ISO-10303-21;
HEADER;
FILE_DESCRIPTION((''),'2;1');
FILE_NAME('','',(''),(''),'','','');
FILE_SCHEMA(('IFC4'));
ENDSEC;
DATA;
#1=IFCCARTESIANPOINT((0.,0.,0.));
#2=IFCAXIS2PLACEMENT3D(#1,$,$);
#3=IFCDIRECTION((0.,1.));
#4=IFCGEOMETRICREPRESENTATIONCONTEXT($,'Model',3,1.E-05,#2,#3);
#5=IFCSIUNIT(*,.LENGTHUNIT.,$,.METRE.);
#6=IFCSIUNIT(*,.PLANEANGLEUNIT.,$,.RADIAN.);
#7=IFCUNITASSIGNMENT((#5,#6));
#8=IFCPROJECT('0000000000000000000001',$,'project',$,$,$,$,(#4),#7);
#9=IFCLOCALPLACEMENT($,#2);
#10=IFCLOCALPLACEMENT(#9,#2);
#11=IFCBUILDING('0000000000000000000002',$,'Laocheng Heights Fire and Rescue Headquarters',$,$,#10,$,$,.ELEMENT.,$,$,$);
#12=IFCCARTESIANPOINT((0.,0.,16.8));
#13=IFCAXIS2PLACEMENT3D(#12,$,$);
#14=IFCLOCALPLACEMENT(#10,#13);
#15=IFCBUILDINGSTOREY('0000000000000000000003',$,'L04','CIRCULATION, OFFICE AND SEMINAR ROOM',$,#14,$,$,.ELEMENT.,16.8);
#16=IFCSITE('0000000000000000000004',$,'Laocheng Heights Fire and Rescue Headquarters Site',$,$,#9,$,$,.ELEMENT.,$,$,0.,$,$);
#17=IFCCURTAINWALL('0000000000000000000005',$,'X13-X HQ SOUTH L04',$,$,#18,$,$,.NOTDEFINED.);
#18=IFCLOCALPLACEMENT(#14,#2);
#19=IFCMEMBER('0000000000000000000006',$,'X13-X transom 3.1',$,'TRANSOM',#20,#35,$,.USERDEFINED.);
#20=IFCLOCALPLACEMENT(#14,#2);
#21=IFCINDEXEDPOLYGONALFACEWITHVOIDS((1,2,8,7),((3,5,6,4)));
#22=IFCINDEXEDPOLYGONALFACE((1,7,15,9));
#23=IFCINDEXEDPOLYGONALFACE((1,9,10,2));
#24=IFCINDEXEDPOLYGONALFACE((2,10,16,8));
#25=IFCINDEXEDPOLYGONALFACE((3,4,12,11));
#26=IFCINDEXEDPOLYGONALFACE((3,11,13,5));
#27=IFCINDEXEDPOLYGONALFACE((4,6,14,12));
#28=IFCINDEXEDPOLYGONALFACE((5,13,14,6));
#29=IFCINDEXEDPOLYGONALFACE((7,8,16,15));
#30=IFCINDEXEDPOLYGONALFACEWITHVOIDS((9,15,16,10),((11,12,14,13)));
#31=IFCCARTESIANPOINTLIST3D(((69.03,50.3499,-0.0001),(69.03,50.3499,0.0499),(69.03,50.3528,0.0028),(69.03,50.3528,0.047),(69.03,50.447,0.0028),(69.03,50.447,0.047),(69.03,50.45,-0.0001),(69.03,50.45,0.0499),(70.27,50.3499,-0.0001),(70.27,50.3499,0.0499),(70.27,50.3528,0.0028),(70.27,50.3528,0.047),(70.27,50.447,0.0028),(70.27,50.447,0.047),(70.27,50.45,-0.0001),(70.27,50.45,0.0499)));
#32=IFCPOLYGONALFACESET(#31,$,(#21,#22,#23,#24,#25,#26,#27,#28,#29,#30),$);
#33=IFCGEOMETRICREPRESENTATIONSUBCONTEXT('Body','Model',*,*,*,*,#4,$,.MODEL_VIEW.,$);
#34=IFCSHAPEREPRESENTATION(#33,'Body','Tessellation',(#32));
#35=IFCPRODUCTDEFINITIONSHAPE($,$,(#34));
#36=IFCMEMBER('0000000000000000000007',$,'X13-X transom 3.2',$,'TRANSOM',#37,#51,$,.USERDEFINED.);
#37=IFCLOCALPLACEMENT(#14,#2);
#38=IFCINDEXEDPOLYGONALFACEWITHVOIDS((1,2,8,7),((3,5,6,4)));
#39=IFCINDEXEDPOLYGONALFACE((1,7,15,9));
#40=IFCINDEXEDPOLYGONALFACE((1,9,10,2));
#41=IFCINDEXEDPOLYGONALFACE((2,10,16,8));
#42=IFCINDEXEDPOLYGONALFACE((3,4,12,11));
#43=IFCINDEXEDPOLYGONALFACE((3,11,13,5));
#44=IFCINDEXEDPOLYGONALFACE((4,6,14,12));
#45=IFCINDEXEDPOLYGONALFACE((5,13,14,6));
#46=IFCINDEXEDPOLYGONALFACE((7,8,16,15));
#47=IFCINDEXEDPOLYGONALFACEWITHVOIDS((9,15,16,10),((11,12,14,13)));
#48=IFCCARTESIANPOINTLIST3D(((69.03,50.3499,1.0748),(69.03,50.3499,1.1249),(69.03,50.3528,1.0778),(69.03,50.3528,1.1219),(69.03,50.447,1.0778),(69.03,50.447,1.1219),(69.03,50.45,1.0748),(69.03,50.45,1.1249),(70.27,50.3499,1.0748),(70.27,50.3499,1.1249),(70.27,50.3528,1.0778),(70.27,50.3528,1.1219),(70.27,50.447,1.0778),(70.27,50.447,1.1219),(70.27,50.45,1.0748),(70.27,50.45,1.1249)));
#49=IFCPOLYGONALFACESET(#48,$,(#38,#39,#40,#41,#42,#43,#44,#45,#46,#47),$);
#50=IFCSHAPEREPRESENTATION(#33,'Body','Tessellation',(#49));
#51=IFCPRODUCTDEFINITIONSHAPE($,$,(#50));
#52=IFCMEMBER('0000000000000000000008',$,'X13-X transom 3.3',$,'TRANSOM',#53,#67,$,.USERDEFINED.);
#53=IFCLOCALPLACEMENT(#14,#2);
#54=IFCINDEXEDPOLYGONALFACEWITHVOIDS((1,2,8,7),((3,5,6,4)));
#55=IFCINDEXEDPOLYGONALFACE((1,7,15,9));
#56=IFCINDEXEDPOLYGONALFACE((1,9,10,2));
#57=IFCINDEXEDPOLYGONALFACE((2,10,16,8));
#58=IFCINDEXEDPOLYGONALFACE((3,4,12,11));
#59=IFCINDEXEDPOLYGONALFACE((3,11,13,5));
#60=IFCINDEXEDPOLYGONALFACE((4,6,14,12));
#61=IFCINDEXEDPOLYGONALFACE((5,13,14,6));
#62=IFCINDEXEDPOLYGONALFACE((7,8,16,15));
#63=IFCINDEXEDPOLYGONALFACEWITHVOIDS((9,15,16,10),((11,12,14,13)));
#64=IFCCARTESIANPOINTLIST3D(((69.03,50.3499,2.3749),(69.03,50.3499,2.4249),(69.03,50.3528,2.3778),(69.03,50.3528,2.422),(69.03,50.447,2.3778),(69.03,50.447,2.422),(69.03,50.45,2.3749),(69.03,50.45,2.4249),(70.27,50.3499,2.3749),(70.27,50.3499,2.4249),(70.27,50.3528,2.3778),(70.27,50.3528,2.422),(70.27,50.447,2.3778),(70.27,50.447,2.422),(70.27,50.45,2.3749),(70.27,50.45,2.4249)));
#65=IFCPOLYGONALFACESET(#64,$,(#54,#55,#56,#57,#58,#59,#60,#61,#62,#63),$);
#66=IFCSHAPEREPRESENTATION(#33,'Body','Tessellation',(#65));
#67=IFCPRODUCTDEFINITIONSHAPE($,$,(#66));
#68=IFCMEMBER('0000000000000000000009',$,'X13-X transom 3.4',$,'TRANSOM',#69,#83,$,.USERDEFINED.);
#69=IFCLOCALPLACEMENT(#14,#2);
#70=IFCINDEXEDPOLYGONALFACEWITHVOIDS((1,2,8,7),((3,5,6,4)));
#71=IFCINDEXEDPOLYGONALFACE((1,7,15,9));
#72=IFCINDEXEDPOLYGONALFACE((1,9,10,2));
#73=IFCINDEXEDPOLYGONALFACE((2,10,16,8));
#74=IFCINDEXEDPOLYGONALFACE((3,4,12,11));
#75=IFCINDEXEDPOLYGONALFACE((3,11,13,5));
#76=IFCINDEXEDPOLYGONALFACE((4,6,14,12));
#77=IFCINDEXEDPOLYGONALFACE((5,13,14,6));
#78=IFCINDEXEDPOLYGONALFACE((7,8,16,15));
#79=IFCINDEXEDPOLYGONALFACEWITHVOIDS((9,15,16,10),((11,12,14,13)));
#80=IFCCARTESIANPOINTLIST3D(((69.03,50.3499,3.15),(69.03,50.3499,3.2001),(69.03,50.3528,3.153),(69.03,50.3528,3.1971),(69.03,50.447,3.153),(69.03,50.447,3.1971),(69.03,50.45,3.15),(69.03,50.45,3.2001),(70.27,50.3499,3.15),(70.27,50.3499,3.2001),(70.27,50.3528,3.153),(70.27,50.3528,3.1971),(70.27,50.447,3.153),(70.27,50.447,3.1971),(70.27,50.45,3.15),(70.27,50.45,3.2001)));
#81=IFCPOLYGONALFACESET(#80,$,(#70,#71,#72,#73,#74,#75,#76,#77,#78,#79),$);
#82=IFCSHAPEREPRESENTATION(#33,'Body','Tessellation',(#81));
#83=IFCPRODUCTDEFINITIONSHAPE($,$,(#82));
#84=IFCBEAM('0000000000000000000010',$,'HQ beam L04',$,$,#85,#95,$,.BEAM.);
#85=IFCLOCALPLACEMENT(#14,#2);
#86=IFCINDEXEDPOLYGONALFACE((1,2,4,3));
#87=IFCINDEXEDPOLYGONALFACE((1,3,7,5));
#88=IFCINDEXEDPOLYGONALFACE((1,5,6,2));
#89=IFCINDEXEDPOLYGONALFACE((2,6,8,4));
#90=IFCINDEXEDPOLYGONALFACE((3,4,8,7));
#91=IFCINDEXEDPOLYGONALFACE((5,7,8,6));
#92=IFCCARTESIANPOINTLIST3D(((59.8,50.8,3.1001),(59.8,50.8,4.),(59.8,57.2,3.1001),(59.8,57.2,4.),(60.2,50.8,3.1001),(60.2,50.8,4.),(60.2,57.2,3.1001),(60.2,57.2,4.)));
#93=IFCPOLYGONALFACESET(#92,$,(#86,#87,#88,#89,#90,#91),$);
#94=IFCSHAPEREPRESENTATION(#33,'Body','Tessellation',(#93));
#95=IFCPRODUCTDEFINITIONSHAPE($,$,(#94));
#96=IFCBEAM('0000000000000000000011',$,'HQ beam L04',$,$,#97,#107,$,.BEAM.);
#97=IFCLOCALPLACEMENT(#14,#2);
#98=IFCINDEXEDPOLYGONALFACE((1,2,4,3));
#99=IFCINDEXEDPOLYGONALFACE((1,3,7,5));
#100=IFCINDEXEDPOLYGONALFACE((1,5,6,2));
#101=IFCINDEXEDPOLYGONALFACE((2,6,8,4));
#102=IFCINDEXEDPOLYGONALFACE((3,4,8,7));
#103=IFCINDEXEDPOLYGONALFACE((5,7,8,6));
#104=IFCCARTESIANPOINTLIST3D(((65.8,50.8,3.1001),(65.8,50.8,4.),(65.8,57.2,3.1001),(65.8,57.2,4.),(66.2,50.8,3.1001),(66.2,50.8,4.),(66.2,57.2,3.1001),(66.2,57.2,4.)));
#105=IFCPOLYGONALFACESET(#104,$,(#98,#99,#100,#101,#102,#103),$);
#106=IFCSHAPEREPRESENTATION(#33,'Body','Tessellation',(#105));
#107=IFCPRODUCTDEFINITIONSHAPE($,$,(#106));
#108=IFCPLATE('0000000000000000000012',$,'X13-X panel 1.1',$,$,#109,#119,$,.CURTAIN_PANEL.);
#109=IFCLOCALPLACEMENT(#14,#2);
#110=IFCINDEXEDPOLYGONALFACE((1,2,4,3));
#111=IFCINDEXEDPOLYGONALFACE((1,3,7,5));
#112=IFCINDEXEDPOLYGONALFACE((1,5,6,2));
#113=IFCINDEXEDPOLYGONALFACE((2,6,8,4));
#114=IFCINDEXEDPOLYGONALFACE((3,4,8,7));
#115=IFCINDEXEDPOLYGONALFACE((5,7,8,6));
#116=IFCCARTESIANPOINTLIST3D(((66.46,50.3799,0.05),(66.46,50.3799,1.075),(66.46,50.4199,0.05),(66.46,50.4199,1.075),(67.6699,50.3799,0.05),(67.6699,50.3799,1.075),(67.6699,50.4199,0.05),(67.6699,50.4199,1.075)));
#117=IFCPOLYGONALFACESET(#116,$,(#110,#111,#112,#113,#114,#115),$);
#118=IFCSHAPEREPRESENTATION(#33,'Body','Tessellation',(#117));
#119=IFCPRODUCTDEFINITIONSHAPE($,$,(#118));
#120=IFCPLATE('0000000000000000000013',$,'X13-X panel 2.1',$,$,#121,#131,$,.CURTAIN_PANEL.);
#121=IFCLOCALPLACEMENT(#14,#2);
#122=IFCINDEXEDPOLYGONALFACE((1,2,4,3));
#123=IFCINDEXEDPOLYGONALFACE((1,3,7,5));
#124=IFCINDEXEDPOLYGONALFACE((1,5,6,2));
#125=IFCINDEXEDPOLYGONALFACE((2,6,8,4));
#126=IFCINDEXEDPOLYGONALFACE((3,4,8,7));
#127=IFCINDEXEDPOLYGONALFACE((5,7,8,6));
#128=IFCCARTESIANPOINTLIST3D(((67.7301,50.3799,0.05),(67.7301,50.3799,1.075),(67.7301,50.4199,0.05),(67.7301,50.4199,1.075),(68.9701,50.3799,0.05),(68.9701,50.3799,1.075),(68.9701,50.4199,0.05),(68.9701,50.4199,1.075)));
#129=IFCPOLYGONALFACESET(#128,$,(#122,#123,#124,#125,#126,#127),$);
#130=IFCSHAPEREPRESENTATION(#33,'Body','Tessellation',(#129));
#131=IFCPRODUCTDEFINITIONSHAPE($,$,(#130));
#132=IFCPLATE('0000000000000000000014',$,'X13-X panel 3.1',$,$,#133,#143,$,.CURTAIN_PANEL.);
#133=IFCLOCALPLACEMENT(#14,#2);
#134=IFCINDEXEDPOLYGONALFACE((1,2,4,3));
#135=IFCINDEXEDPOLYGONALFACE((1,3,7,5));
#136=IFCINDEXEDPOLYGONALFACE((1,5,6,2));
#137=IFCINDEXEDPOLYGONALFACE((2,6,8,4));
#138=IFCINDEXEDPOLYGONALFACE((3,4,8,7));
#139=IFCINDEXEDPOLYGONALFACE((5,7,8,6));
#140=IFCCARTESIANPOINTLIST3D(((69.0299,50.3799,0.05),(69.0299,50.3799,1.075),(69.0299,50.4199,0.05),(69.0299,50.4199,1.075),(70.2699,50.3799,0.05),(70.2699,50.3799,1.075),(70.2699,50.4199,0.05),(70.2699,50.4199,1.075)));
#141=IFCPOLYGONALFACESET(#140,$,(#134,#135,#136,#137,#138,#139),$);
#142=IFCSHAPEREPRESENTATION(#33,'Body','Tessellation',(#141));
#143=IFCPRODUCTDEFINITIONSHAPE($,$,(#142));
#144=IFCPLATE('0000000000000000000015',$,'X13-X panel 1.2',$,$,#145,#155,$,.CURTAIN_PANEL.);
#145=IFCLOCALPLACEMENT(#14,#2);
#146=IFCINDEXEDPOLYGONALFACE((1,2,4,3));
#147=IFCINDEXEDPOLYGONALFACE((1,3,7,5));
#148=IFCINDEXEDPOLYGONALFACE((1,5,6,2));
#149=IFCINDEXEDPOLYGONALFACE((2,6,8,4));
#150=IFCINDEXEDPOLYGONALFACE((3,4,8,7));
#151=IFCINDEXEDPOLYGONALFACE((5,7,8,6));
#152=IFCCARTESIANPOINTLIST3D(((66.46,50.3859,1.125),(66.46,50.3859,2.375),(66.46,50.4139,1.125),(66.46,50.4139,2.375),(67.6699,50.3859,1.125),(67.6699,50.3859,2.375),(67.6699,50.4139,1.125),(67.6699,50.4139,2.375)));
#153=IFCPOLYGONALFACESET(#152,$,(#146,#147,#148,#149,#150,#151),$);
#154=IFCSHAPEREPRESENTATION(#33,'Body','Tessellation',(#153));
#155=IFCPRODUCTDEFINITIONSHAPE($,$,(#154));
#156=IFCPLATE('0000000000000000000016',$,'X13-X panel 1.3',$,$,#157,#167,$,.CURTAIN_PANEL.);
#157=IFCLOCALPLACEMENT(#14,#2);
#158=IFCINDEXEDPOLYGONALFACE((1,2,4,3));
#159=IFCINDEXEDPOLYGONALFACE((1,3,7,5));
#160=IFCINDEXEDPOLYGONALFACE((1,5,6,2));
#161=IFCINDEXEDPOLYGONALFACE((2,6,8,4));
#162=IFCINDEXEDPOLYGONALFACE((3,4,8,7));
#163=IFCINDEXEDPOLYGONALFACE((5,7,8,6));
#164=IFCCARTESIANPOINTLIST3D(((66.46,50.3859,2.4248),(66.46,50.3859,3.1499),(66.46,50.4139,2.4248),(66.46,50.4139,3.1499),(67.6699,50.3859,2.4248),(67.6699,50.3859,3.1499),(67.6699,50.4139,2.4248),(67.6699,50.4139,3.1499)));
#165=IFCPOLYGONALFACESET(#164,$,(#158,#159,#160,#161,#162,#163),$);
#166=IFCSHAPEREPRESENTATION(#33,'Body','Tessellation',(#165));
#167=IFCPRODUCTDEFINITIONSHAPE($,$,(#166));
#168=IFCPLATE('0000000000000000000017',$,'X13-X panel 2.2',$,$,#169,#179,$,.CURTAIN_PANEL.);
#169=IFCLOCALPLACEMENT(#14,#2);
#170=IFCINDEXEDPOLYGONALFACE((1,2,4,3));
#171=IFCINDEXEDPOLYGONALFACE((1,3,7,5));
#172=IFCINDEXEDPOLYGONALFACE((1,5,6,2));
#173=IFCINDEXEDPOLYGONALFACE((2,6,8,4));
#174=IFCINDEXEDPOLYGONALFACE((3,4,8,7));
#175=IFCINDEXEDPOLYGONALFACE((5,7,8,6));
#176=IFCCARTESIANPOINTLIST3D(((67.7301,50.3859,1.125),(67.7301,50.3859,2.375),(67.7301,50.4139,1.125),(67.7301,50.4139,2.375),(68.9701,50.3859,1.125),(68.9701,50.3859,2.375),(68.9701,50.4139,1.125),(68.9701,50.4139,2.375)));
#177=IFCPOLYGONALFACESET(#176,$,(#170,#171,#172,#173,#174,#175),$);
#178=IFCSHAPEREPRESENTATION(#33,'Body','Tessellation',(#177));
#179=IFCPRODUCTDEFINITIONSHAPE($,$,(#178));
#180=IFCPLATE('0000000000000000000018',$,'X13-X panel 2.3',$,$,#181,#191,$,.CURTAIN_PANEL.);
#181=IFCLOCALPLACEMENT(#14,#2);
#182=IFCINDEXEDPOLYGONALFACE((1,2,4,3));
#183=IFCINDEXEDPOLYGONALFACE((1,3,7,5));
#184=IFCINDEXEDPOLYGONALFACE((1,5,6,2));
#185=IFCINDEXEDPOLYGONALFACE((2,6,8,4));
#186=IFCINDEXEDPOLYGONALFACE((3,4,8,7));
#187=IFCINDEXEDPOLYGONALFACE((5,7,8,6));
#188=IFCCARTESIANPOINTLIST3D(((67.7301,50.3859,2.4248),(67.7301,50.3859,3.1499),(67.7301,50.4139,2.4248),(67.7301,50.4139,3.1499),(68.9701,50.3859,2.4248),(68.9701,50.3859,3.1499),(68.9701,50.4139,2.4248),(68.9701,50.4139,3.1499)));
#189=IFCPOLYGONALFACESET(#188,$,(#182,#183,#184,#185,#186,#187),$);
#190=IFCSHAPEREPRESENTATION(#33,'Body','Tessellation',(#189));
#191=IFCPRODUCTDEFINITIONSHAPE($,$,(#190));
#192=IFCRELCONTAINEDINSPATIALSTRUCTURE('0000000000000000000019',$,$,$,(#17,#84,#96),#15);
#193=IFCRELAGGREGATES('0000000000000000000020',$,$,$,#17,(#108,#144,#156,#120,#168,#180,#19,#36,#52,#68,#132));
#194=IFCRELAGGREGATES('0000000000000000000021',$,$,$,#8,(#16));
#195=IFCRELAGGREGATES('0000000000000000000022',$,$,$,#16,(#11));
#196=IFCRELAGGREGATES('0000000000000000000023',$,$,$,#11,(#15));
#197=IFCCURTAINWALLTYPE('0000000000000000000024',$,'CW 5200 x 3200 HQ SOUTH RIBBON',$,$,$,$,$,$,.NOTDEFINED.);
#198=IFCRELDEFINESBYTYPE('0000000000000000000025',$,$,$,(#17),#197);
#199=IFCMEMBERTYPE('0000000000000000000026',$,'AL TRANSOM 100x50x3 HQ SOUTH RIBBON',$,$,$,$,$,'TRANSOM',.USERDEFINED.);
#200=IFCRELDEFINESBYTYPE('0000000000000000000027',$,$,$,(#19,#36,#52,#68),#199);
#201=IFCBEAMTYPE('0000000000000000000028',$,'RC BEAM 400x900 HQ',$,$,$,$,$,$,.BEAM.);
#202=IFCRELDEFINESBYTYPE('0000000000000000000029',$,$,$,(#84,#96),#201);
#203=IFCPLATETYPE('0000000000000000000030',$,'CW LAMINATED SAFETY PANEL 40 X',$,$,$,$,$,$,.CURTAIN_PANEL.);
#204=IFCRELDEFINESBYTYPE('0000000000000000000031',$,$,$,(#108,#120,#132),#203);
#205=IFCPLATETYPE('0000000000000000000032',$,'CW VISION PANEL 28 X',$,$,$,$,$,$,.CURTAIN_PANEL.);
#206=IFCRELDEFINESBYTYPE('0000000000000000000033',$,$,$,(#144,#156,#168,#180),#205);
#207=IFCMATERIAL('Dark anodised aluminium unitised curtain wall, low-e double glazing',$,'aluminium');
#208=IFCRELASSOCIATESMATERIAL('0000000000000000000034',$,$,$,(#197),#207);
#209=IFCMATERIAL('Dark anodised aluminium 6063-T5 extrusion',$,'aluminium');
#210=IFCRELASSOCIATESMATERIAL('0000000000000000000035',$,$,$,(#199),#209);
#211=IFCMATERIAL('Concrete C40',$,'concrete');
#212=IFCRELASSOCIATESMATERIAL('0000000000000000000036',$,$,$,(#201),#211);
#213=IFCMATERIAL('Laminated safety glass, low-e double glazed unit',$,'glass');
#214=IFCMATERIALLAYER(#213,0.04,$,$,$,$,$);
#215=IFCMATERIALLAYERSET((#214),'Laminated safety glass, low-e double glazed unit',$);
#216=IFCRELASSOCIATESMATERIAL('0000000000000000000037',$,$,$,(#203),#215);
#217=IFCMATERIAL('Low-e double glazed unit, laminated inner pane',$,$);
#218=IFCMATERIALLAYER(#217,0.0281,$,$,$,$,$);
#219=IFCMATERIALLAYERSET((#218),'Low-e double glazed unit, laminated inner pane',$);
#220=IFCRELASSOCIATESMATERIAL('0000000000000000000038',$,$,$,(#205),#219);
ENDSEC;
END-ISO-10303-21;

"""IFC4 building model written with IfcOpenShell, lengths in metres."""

from ifc_helpers import new_model, si_unit, direction, frame, origin, origin_2d, place, context, subcontext, project, spatial, rectangle, hollow_rectangle, extrude, material, layer, layer_set, material_profile, profile_set, type_object, element, aggregate, save


model = new_model("IFC4")

# Units and contexts
model_context = context("Model", 3, precision=1e-05, world=origin(), true_north=direction((0.0, 1.0)))
body_context = subcontext(model_context, "Body", "Model", "MODEL_VIEW")
ifc_project = project(units=[si_unit("LENGTHUNIT", "METRE"), si_unit("PLANEANGLEUNIT", "RADIAN")], contexts=[model_context])

# Site, building, storey
site_placement = place(None, origin())
site = spatial("IfcSite", under=ifc_project, at=site_placement, Name="Laocheng Heights Fire and Rescue Headquarters Site", CompositionType="ELEMENT", RefElevation=0.0)
building_placement = place(site_placement, origin())
building = spatial("IfcBuilding", under=site, at=building_placement, Name="Laocheng Heights Fire and Rescue Headquarters", CompositionType="ELEMENT")
storey_placement = place(building_placement, frame((0.0, 0.0, 16.8)))
storey = spatial("IfcBuildingStorey", under=building, at=storey_placement, Name="L04", Description="CIRCULATION, OFFICE AND SEMINAR ROOM", CompositionType="ELEMENT", Elevation=16.8)

# Curtain wall, members
ifc_material_1 = material(Name="Dark anodised aluminium unitised curtain wall, low-e double glazing", Category="aluminium")
curtain_wall_type = type_object("IfcCurtainWallType", Name="CW 5200 x 3200 HQ SOUTH RIBBON", PredefinedType="NOTDEFINED", material=ifc_material_1)
curtain_wall_placement = place(storey_placement, origin())
curtain_wall = element("IfcCurtainWall", 1, at=curtain_wall_placement, inside=storey, type_object=curtain_wall_type, Name="X13-X HQ SOUTH L04", PredefinedType="NOTDEFINED")
ifc_material_2 = material(Name="Dark anodised aluminium 6063-T5 extrusion", Category="aluminium")
ifc_material_profile_1 = material_profile(ifc_material_2, hollow_rectangle(XDim=0.1001, YDim=0.05, WallThickness=0.0029, at=origin_2d()), Name="AL TRANSOM 100x50x3 HQ SOUTH RIBBON")
ifc_profile_set_1 = profile_set([ifc_material_profile_1], Name="Dark anodised aluminium 6063-T5 extrusion")
member_type_1 = type_object("IfcMemberType", Name="AL TRANSOM 100x50x3 HQ SOUTH RIBBON", ElementType="TRANSOM", PredefinedType="USERDEFINED", material=ifc_profile_set_1)
member_1_placement = place(storey_placement, frame((69.03, 50.3999, 0.0249), z_axis=(1.0, 0.0, 0.0), x_axis=(0.0, 1.0, 0.0)))
member_1 = element("IfcMember", 2, at=member_1_placement, type_object=member_type_1, Name="X13-X transom 3.1", ObjectType="TRANSOM", PredefinedType="USERDEFINED", context=body_context, shape_type="SweptSolid", body=[
    extrude(hollow_rectangle(XDim=0.1001, YDim=0.05, WallThickness=0.0029, at=origin_2d()), origin(), (0.0, 0.0, 1.0), 1.24),
])
member_2_placement = place(storey_placement, frame((69.03, 50.3999, 1.0999), z_axis=(1.0, 0.0, 0.0), x_axis=(0.0, 1.0, 0.0)))
member_2 = element("IfcMember", 3, at=member_2_placement, type_object=member_type_1, Name="X13-X transom 3.2", ObjectType="TRANSOM", PredefinedType="USERDEFINED", context=body_context, shape_type="SweptSolid", body=[
    extrude(hollow_rectangle(XDim=0.1001, YDim=0.05, WallThickness=0.0029, at=origin_2d()), origin(), (0.0, 0.0, 1.0), 1.24),
])
member_3_placement = place(storey_placement, frame((69.03, 50.3999, 2.3999), z_axis=(1.0, 0.0, 0.0), x_axis=(0.0, 1.0, 0.0)))
member_3 = element("IfcMember", 4, at=member_3_placement, type_object=member_type_1, Name="X13-X transom 3.3", ObjectType="TRANSOM", PredefinedType="USERDEFINED", context=body_context, shape_type="SweptSolid", body=[
    extrude(hollow_rectangle(XDim=0.1001, YDim=0.05, WallThickness=0.0029, at=origin_2d()), origin(), (0.0, 0.0, 1.0), 1.24),
])
member_4_placement = place(storey_placement, frame((69.03, 50.3999, 3.175), z_axis=(1.0, 0.0, 0.0), x_axis=(0.0, 1.0, 0.0)))
member_4 = element("IfcMember", 5, at=member_4_placement, type_object=member_type_1, Name="X13-X transom 3.4", ObjectType="TRANSOM", PredefinedType="USERDEFINED", context=body_context, shape_type="SweptSolid", body=[
    extrude(hollow_rectangle(XDim=0.1001, YDim=0.05, WallThickness=0.0029, at=origin_2d()), origin(), (0.0, 0.0, 1.0), 1.24),
])

# Beams
ifc_material_3 = material(Name="Concrete C40", Category="concrete")
ifc_material_profile_2 = material_profile(ifc_material_3, rectangle(XDim=0.3999, YDim=0.8999, at=origin_2d()), Name="RC BEAM 400x900 HQ")
ifc_profile_set_2 = profile_set([ifc_material_profile_2], Name="Concrete C40")
beam_type = type_object("IfcBeamType", Name="RC BEAM 400x900 HQ", PredefinedType="BEAM", material=ifc_profile_set_2)
for number, where, z_axis, x_axis, name in (
    (6, (60.0, 50.8, 3.55), (0.0, 1.0, 0.0), (-1.0, 0.0, 0.0), "HQ beam L04"),
    (7, (66.0, 50.8, 3.55), (0.0, 1.0, 0.0), (-1.0, 0.0, 0.0), "HQ beam L04"),
):
    element("IfcBeam", number, at=place(storey_placement, frame(where, z_axis=z_axis, x_axis=x_axis)), inside=storey, type_object=beam_type, Name=name, PredefinedType="BEAM", context=body_context, shape_type="SweptSolid", body=[
        extrude(rectangle(XDim=0.3999, YDim=0.8999, at=origin_2d()), origin(), (0.0, 0.0, 1.0), 6.3999),
    ])

# Plates
ifc_material_4 = material(Name="Laminated safety glass, low-e double glazed unit", Category="glass")
ifc_layer_1 = layer(ifc_material_4, 0.04)
ifc_layer_set_1 = layer_set([ifc_layer_1], Name="Laminated safety glass, low-e double glazed unit")
plate_type_1 = type_object("IfcPlateType", Name="CW LAMINATED SAFETY PANEL 40 X", PredefinedType="CURTAIN_PANEL", material=ifc_layer_set_1)
plate_1_placement = place(storey_placement, frame((67.0649, 50.3999, 0.05), z_axis=(0.0, 0.0, 1.0), x_axis=(1.0, 0.0, 0.0)))
plate_1 = element("IfcPlate", 8, at=plate_1_placement, type_object=plate_type_1, Name="X13-X panel 1.1", PredefinedType="CURTAIN_PANEL", context=body_context, shape_type="SweptSolid", body=[
    extrude(rectangle(XDim=1.21, YDim=0.04, at=origin_2d()), origin(), (0.0, 0.0, 1.0), 1.0249),
])
plate_2_placement = place(storey_placement, frame((68.3501, 50.3999, 0.05), z_axis=(0.0, 0.0, 1.0), x_axis=(1.0, 0.0, 0.0)))
plate_2 = element("IfcPlate", 9, at=plate_2_placement, type_object=plate_type_1, Name="X13-X panel 2.1", PredefinedType="CURTAIN_PANEL", context=body_context, shape_type="SweptSolid", body=[
    extrude(rectangle(XDim=1.24, YDim=0.04, at=origin_2d()), origin(), (0.0, 0.0, 1.0), 1.0249),
])
plate_3_placement = place(storey_placement, frame((69.6499, 50.3999, 0.05), z_axis=(0.0, 0.0, 1.0), x_axis=(1.0, 0.0, 0.0)))
plate_3 = element("IfcPlate", 10, at=plate_3_placement, type_object=plate_type_1, Name="X13-X panel 3.1", PredefinedType="CURTAIN_PANEL", context=body_context, shape_type="SweptSolid", body=[
    extrude(rectangle(XDim=1.24, YDim=0.04, at=origin_2d()), origin(), (0.0, 0.0, 1.0), 1.0249),
])
ifc_material_5 = material(Name="Low-e double glazed unit, laminated inner pane")
ifc_layer_2 = layer(ifc_material_5, 0.0281)
ifc_layer_set_2 = layer_set([ifc_layer_2], Name="Low-e double glazed unit, laminated inner pane")
plate_type_2 = type_object("IfcPlateType", Name="CW VISION PANEL 28 X", PredefinedType="CURTAIN_PANEL", material=ifc_layer_set_2)
plate_4_placement = place(storey_placement, frame((67.0649, 50.3999, 1.125), z_axis=(0.0, 0.0, 1.0), x_axis=(1.0, 0.0, 0.0)))
plate_4 = element("IfcPlate", 11, at=plate_4_placement, type_object=plate_type_2, Name="X13-X panel 1.2", PredefinedType="CURTAIN_PANEL", context=body_context, shape_type="SweptSolid", body=[
    extrude(rectangle(XDim=1.21, YDim=0.0281, at=origin_2d()), origin(), (0.0, 0.0, 1.0), 1.25),
])
plate_5_placement = place(storey_placement, frame((67.0649, 50.3999, 2.4248), z_axis=(0.0, 0.0, 1.0), x_axis=(1.0, 0.0, 0.0)))
plate_5 = element("IfcPlate", 12, at=plate_5_placement, type_object=plate_type_2, Name="X13-X panel 1.3", PredefinedType="CURTAIN_PANEL", context=body_context, shape_type="SweptSolid", body=[
    extrude(rectangle(XDim=1.21, YDim=0.0281, at=origin_2d()), origin(), (0.0, 0.0, 1.0), 0.7251),
])
plate_6_placement = place(storey_placement, frame((68.3501, 50.3999, 1.125), z_axis=(0.0, 0.0, 1.0), x_axis=(1.0, 0.0, 0.0)))
plate_6 = element("IfcPlate", 13, at=plate_6_placement, type_object=plate_type_2, Name="X13-X panel 2.2", PredefinedType="CURTAIN_PANEL", context=body_context, shape_type="SweptSolid", body=[
    extrude(rectangle(XDim=1.24, YDim=0.0281, at=origin_2d()), origin(), (0.0, 0.0, 1.0), 1.25),
])
plate_7_placement = place(storey_placement, frame((68.3501, 50.3999, 2.4248), z_axis=(0.0, 0.0, 1.0), x_axis=(1.0, 0.0, 0.0)))
plate_7 = element("IfcPlate", 14, at=plate_7_placement, type_object=plate_type_2, Name="X13-X panel 2.3", PredefinedType="CURTAIN_PANEL", context=body_context, shape_type="SweptSolid", body=[
    extrude(rectangle(XDim=1.24, YDim=0.0281, at=origin_2d()), origin(), (0.0, 0.0, 1.0), 0.7251),
])
aggregate(curtain_wall, [plate_1, plate_4, plate_5, plate_2, plate_6, plate_7, member_1, member_2, member_3, member_4, plate_3])

save(model, "model.ifc")
